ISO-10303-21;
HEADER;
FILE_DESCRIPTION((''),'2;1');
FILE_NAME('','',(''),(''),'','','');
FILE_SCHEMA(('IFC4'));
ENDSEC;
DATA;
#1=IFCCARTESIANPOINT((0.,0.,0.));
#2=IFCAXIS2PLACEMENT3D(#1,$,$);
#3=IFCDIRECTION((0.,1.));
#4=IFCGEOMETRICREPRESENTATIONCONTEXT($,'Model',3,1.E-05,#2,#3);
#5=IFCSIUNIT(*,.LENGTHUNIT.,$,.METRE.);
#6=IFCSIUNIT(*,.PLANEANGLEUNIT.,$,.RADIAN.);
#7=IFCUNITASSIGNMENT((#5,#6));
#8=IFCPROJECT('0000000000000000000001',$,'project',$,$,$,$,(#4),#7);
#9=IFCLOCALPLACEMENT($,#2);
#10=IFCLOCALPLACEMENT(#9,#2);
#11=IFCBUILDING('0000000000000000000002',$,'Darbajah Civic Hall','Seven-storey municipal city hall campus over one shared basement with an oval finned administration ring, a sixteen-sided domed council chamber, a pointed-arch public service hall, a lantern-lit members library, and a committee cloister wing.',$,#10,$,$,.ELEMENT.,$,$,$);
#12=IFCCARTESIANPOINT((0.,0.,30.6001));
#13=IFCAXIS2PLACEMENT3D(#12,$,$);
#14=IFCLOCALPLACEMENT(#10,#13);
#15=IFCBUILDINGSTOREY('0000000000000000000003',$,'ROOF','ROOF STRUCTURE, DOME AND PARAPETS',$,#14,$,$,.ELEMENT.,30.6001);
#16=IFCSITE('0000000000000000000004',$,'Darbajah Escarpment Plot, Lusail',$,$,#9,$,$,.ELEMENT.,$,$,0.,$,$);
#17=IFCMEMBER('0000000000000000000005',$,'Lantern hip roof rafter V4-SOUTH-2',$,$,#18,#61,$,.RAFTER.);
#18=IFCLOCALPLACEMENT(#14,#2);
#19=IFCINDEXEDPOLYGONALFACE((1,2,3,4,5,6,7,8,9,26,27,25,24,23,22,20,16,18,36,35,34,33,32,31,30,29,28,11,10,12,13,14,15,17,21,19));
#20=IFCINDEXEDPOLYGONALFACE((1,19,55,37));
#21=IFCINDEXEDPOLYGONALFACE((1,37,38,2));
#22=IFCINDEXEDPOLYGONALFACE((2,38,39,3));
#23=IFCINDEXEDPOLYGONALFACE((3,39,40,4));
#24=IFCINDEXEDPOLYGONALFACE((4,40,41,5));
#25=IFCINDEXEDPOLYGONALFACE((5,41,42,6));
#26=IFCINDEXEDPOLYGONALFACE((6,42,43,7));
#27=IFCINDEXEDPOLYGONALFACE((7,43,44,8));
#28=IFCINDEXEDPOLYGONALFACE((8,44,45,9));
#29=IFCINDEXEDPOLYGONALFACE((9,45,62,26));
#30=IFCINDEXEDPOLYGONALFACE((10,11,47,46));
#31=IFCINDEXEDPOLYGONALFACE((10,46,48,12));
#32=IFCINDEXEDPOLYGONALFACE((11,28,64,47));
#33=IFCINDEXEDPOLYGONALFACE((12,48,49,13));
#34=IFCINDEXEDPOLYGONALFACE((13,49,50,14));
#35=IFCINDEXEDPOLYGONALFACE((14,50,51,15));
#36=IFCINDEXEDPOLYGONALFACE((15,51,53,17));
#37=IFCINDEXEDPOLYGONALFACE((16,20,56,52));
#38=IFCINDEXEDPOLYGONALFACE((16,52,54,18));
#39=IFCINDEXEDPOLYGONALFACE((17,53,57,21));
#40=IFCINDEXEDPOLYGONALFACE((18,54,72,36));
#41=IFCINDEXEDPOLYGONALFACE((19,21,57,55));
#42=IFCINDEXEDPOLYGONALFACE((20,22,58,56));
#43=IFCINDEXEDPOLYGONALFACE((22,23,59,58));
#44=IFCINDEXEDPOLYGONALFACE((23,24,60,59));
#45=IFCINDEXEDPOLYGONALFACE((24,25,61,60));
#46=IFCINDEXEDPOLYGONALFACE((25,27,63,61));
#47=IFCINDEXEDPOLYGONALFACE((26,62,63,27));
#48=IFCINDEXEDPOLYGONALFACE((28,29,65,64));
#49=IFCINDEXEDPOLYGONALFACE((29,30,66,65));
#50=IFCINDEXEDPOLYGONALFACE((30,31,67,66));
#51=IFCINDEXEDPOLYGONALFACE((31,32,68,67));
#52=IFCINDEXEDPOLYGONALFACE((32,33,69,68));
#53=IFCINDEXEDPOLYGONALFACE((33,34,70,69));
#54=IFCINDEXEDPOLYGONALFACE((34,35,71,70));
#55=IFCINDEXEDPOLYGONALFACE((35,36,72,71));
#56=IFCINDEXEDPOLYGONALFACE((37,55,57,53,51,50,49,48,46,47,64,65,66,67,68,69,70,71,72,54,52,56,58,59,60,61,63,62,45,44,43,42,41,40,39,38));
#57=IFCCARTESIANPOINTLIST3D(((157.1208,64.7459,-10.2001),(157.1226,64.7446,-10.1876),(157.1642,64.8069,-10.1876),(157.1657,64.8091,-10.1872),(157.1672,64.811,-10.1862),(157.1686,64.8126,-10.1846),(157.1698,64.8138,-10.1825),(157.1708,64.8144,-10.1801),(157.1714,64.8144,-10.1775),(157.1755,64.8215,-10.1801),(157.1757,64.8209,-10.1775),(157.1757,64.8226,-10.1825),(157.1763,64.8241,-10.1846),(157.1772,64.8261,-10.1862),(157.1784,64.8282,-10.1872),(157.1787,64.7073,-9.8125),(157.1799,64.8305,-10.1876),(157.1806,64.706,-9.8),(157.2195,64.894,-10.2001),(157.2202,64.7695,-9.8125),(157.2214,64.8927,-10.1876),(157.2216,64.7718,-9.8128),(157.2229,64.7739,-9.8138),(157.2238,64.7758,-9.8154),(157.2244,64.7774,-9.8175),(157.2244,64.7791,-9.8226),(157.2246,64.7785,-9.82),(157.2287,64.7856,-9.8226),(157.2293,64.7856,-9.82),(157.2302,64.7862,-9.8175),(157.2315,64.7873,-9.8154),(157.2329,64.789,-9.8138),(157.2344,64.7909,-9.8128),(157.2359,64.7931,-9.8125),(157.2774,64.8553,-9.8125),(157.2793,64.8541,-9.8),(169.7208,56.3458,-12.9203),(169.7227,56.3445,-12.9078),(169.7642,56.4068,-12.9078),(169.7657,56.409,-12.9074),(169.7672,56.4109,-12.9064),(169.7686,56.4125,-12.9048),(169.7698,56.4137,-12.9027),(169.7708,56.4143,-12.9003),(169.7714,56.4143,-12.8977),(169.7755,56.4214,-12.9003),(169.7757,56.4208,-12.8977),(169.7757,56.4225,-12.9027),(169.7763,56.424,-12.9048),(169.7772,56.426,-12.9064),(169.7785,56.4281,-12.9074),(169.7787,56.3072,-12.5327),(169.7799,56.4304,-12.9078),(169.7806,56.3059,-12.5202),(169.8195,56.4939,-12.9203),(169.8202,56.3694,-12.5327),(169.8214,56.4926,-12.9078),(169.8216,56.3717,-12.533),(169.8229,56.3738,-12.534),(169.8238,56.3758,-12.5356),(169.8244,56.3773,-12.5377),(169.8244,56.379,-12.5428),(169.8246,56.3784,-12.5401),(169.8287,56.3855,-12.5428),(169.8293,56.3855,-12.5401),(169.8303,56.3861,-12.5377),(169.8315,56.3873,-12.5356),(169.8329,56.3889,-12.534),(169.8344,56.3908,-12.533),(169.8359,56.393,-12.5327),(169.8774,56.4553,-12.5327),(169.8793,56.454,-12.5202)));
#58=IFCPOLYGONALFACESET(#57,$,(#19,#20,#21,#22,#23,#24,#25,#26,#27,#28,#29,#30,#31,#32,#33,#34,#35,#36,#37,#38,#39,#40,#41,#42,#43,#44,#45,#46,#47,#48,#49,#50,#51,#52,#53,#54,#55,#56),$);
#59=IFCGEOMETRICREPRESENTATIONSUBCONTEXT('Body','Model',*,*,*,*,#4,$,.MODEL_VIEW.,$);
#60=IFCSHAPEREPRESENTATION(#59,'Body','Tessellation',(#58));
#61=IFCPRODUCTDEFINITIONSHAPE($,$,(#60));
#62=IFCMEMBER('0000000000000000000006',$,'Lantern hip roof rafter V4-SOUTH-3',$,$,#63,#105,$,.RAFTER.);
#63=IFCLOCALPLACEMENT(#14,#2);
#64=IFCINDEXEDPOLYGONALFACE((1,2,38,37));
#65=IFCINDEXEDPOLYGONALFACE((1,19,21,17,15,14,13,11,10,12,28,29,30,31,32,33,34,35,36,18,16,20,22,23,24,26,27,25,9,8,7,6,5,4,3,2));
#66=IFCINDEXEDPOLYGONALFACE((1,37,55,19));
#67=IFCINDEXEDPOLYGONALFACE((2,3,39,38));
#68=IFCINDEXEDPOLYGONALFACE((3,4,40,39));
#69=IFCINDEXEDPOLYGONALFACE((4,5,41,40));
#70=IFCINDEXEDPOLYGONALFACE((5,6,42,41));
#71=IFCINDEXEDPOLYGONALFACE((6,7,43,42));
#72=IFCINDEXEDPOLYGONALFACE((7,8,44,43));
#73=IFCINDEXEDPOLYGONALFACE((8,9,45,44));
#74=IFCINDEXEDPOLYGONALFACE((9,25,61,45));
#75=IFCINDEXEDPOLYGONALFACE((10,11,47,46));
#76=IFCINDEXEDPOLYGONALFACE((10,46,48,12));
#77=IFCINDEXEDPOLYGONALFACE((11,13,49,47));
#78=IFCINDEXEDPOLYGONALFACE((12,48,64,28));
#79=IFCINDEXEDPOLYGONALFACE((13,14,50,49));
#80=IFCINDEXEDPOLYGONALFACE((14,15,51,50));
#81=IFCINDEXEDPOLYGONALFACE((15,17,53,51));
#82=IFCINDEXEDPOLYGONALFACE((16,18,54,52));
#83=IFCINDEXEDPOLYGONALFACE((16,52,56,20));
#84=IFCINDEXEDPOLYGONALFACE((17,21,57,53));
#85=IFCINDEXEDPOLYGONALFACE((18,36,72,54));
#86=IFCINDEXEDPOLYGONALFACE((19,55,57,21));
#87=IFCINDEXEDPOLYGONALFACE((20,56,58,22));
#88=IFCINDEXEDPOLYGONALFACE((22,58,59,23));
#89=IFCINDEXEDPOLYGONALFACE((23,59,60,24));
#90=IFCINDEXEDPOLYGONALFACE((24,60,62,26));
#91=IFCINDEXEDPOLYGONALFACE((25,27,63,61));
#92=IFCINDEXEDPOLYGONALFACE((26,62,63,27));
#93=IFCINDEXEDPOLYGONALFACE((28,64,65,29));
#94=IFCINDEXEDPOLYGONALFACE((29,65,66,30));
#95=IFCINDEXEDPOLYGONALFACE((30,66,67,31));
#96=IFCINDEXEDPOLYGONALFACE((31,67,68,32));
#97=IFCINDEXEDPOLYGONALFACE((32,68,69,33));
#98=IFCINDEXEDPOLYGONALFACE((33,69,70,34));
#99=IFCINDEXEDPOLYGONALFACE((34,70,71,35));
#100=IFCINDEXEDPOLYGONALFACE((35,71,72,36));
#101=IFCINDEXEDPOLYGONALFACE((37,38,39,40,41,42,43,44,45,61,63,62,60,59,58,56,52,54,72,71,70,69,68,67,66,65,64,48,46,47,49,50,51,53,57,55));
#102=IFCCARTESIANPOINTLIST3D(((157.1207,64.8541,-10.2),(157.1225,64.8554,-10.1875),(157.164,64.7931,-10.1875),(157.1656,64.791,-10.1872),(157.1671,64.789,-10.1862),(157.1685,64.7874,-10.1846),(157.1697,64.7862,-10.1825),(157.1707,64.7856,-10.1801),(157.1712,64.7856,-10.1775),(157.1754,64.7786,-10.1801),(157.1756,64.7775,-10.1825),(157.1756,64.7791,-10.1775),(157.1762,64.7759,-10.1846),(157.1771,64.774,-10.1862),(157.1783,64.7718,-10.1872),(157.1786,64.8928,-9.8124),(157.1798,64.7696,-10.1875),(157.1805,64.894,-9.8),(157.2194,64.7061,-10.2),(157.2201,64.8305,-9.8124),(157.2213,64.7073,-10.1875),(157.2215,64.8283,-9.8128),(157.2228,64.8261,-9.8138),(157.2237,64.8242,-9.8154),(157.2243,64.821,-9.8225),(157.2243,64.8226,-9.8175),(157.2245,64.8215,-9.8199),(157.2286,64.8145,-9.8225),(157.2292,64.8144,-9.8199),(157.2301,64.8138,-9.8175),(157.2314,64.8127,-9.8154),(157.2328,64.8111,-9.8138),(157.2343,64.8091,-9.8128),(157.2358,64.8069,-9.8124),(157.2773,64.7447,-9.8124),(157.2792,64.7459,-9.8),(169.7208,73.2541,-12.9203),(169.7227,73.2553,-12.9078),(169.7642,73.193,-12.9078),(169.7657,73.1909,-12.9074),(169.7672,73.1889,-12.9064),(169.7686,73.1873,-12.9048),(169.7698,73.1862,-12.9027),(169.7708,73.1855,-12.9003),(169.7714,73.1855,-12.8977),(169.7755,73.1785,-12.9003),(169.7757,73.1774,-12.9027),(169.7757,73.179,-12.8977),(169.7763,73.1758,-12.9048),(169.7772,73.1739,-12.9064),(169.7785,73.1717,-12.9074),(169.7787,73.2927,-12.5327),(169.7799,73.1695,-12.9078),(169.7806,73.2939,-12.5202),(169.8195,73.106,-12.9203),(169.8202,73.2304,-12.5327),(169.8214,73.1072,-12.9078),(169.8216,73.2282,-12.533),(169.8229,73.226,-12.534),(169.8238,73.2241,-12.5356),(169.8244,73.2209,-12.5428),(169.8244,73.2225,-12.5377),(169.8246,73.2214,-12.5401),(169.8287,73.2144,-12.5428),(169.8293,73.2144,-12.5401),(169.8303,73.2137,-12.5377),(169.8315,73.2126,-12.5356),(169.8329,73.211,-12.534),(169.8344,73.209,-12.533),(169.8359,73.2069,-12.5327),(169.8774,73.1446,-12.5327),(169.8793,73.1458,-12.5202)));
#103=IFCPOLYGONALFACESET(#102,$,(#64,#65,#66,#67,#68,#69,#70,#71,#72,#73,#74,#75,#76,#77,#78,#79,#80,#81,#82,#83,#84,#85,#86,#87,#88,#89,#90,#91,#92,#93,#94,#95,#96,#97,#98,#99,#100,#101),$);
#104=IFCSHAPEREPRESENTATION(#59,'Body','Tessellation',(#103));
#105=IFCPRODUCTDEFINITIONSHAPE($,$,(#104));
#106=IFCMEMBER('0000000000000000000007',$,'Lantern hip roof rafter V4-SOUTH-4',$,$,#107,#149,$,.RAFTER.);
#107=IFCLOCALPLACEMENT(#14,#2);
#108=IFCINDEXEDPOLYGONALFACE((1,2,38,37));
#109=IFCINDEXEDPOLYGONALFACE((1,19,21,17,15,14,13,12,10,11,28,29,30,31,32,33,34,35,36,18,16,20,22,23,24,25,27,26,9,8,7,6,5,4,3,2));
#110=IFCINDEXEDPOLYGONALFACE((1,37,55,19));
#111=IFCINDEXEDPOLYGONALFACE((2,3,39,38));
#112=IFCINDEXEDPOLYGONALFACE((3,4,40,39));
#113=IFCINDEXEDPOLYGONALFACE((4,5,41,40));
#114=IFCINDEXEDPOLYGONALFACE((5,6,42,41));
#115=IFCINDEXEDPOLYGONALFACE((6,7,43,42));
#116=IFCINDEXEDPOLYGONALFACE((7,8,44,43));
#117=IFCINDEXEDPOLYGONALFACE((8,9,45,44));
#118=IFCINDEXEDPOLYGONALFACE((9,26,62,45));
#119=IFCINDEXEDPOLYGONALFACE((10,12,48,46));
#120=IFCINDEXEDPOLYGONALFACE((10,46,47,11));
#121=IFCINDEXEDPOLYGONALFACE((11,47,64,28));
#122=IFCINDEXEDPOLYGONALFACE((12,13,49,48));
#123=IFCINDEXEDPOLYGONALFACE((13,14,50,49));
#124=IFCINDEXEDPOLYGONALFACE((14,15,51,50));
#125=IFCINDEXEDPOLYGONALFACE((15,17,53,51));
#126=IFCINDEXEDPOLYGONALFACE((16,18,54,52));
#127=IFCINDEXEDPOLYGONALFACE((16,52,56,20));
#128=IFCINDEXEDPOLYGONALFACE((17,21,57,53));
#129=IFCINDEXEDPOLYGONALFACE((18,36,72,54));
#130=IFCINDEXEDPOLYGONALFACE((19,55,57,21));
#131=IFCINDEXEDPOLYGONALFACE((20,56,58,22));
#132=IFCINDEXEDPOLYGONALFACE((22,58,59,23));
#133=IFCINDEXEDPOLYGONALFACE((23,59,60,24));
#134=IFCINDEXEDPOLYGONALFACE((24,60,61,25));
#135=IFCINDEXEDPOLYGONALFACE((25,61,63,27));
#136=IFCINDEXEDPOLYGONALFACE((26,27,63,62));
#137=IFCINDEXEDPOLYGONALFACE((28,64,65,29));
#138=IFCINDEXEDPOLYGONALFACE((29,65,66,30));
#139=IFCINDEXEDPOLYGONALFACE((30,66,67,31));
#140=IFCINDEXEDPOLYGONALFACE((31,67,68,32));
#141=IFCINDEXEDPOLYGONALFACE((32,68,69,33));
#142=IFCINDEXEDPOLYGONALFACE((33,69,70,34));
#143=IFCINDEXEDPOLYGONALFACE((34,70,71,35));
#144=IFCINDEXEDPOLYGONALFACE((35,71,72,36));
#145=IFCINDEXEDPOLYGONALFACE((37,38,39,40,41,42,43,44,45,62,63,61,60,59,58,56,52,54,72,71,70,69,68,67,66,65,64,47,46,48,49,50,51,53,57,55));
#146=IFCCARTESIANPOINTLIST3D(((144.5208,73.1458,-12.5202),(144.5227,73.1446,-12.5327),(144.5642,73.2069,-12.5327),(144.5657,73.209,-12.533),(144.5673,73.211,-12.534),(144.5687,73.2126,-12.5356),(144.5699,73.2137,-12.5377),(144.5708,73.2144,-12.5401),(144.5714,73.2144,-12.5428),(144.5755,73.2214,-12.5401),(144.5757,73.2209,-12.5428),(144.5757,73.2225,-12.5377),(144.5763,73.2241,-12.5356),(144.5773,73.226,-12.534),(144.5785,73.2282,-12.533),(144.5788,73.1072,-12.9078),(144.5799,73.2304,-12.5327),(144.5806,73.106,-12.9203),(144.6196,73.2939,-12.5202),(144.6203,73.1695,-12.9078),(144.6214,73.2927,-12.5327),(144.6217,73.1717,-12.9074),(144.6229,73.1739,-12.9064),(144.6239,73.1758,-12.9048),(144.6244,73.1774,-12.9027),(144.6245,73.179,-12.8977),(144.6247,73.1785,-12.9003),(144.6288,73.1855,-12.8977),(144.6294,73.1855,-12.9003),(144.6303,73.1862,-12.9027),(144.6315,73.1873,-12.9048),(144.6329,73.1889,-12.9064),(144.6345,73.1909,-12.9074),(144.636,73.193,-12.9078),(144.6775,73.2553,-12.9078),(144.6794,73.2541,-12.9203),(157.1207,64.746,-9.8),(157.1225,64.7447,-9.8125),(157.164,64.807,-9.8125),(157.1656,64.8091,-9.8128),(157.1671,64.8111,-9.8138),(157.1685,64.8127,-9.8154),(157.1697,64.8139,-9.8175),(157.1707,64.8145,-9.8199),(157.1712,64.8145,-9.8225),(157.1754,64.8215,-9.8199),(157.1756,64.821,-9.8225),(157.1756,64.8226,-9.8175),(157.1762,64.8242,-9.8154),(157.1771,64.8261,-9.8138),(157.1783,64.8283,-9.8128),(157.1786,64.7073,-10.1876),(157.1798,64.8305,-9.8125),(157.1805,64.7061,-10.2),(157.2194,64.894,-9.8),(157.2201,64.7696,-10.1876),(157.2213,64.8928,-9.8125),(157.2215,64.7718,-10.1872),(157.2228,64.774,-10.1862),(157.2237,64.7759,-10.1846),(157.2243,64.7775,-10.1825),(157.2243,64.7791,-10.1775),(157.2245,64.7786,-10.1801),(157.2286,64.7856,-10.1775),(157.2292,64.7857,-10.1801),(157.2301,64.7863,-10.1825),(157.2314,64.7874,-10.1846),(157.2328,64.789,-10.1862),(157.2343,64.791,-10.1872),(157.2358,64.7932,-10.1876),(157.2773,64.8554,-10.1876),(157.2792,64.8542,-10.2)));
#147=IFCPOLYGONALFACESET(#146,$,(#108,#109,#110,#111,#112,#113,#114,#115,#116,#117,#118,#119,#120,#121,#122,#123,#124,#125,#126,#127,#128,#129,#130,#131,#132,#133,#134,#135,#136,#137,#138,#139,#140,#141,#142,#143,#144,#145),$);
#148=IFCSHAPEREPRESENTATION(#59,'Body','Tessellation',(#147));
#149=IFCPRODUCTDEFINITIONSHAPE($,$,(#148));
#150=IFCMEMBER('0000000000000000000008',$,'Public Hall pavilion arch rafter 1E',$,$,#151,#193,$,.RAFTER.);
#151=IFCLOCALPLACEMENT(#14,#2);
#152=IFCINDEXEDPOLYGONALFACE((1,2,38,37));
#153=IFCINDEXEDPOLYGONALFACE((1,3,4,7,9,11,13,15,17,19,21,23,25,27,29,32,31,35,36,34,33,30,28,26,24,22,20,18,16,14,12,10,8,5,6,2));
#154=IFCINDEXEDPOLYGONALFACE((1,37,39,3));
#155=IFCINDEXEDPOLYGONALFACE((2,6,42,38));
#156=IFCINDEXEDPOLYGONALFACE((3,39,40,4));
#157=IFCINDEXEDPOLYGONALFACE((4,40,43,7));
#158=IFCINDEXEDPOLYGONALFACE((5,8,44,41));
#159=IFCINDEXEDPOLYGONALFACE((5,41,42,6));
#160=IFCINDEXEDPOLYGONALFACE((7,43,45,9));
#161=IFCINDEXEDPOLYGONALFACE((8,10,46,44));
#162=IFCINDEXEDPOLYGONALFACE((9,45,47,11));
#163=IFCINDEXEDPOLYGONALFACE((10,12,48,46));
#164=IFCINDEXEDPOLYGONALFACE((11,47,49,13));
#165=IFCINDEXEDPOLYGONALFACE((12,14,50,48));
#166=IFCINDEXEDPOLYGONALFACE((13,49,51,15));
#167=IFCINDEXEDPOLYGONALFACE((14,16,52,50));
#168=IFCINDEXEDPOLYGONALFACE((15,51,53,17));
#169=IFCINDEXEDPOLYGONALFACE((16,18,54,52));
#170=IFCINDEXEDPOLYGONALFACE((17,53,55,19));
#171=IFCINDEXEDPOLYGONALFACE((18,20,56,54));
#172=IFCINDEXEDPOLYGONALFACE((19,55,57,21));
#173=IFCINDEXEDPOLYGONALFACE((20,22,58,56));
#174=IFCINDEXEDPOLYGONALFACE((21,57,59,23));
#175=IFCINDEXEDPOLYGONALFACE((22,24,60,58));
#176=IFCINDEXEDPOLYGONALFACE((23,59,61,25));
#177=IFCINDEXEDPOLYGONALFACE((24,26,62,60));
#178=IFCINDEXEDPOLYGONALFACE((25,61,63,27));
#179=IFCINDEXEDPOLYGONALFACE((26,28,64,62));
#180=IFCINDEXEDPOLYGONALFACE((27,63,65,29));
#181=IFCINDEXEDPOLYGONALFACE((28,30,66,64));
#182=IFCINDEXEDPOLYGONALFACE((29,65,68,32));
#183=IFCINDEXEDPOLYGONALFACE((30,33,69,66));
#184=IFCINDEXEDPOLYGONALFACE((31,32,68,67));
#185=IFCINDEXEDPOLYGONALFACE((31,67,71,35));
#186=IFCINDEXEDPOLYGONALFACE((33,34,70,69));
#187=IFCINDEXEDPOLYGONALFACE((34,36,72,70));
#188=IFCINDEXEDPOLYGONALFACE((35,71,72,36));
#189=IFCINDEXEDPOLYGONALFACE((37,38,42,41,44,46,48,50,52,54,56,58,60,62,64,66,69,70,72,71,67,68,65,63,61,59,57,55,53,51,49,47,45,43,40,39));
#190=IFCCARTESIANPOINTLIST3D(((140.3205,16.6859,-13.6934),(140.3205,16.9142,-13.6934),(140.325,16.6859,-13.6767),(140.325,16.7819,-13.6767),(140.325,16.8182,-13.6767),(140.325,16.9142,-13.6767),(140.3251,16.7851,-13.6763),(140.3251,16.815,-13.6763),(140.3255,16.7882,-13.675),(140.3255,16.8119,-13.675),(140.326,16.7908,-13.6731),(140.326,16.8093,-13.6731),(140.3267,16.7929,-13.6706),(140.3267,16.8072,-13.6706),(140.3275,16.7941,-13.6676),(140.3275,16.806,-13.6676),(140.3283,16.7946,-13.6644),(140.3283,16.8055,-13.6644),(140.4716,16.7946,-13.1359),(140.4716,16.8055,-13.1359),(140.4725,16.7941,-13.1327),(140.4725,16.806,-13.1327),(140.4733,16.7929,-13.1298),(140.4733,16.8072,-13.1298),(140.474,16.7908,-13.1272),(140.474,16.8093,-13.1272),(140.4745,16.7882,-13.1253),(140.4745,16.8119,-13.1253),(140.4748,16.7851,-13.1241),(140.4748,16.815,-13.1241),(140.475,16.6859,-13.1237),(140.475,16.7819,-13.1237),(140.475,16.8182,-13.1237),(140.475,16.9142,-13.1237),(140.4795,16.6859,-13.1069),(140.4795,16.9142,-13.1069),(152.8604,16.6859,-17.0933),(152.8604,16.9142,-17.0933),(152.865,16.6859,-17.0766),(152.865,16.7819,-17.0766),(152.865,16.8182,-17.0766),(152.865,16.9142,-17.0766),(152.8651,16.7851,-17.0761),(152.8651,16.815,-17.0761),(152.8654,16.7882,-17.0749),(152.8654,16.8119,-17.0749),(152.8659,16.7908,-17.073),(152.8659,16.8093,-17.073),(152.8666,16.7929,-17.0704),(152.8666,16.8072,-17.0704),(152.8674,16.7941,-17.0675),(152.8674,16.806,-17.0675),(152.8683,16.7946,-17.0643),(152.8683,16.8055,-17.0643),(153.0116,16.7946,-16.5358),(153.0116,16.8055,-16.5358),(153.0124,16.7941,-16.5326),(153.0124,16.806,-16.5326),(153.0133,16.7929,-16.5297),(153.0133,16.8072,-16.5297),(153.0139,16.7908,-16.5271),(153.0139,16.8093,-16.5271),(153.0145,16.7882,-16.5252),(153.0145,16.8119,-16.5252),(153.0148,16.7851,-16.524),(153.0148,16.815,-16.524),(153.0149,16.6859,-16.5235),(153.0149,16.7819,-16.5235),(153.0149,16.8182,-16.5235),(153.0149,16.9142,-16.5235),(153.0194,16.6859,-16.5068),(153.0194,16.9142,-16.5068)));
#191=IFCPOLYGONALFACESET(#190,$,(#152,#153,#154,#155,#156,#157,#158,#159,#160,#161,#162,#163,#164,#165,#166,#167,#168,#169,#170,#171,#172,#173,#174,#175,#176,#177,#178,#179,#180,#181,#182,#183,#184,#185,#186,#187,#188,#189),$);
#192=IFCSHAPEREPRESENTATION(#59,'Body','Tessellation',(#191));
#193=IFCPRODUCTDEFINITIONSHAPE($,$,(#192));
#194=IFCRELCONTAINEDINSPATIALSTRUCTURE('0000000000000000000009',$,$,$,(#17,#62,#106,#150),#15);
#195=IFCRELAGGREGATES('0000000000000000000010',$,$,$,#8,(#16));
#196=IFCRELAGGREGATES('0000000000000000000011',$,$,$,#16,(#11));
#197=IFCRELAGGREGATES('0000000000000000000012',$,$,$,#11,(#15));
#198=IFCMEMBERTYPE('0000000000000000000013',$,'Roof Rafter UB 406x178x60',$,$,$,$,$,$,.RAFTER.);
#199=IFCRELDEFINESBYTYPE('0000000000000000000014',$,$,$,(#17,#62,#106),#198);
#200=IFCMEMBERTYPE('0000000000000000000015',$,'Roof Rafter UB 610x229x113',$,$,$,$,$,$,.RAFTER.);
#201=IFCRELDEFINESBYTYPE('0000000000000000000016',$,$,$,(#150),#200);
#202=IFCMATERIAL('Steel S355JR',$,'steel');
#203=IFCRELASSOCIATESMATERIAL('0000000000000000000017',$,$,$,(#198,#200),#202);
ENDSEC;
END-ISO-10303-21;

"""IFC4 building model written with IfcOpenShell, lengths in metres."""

from ifc_helpers import new_model, si_unit, direction, frame, origin, origin_2d, place, context, subcontext, project, spatial, i_section, extrude, material, material_profile, profile_set, type_object, element, save


model = new_model("IFC4")

# Units and contexts
model_context = context("Model", 3, precision=1e-05, world=origin(), true_north=direction((0.0, 1.0)))
body_context = subcontext(model_context, "Body", "Model", "MODEL_VIEW")
ifc_project = project(units=[si_unit("LENGTHUNIT", "METRE"), si_unit("PLANEANGLEUNIT", "RADIAN")], contexts=[model_context])

# Site, building, storey
site_placement = place(None, origin())
site = spatial("IfcSite", under=ifc_project, at=site_placement, Name="Darbajah Escarpment Plot, Lusail", CompositionType="ELEMENT", RefElevation=0.0)
building_placement = place(site_placement, origin())
building = spatial("IfcBuilding", under=site, at=building_placement, Name="Darbajah Civic Hall", Description="Seven-storey municipal city hall campus over one shared basement with an oval finned administration ring, a sixteen-sided domed council chamber, a pointed-arch public service hall, a lantern-lit members library, and a committee cloister wing.", CompositionType="ELEMENT")
storey_placement = place(building_placement, frame((0.0, 0.0, 30.6001)))
storey = spatial("IfcBuildingStorey", under=building, at=storey_placement, Name="ROOF", Description="ROOF STRUCTURE, DOME AND PARAPETS", CompositionType="ELEMENT", Elevation=30.6001)

# Members
ifc_material_1 = material(Name="Steel S355JR", Category="steel")
ifc_material_profile_1 = material_profile(ifc_material_1, i_section(OverallWidth=0.178, OverallDepth=0.4065, WebThickness=0.0078, FlangeThickness=0.0127, FilletRadius=0.0103, at=origin_2d()), Name="UB 406x178x60")
ifc_profile_set_1 = profile_set([ifc_material_profile_1], Name="Steel S355JR")
member_type_1 = type_object("IfcMemberType", Name="Roof Rafter UB 406x178x60", PredefinedType="RAFTER", material=ifc_profile_set_1)
for number, where, z_axis, x_axis, name in (
    (1, (169.8, 56.3999, -12.7202), (-0.81894, 0.545966, 0.1768), (-0.554704, -0.832048, 0.0), "Lantern hip roof rafter V4-SOUTH-2"),
    (2, (169.8, 73.2, -12.7202), (-0.818948, -0.545954, 0.176801), (0.554693, -0.832055, 0.0), "Lantern hip roof rafter V4-SOUTH-3"),
):
    element("IfcMember", number, at=place(storey_placement, frame(where, z_axis=z_axis, x_axis=x_axis)), inside=storey, type_object=member_type_1, Name=name, PredefinedType="RAFTER", context=body_context, shape_type="SweptSolid", body=[
        extrude(i_section(OverallWidth=0.178, OverallDepth=0.4065, WebThickness=0.0078, FlangeThickness=0.0127, FilletRadius=0.0103, at=origin_2d()), origin(), (0.0, 0.0, 1.0), 15.3857),
    ])
member_1_placement = place(storey_placement, frame((144.6001, 73.2, -12.7202), z_axis=(0.818942, -0.545962, 0.176804), x_axis=(0.5547, 0.83205, 0.0)))
element("IfcMember", 3, at=member_1_placement, inside=storey, type_object=member_type_1, Name="Lantern hip roof rafter V4-SOUTH-4", PredefinedType="RAFTER", context=body_context, shape_type="SweptSolid", body=[
    extrude(i_section(OverallWidth=0.178, OverallDepth=0.4065, WebThickness=0.0078, FlangeThickness=0.0127, FilletRadius=0.0103, at=origin_2d()), origin(), (0.0, 0.0, 1.0), 15.3855),
])
ifc_material_profile_2 = material_profile(ifc_material_1, i_section(OverallWidth=0.2283, OverallDepth=0.6077, WebThickness=0.011, FlangeThickness=0.0173, FilletRadius=0.0127, at=origin_2d()), Name="UB 610x229x113")
ifc_profile_set_2 = profile_set([ifc_material_profile_2], Name="Steel S355JR")
member_type_2 = type_object("IfcMemberType", Name="Roof Rafter UB 610x229x113", PredefinedType="RAFTER", material=ifc_profile_set_2)
for number, where, z_axis, x_axis, name in (
    (4, (152.9399, 16.8, -16.8), (-0.965156, 0.0, 0.261677), (0.0, -1.0, 0.0), "Public Hall pavilion arch rafter 1E"),
):
    element("IfcMember", number, at=place(storey_placement, frame(where, z_axis=z_axis, x_axis=x_axis)), inside=storey, type_object=member_type_2, Name=name, PredefinedType="RAFTER", context=body_context, shape_type="SweptSolid", body=[
        extrude(i_section(OverallWidth=0.2283, OverallDepth=0.6077, WebThickness=0.011, FlangeThickness=0.0173, FilletRadius=0.0127, at=origin_2d()), origin(), (0.0, 0.0, 1.0), 12.9927),
    ])

save(model, "model.ifc")
